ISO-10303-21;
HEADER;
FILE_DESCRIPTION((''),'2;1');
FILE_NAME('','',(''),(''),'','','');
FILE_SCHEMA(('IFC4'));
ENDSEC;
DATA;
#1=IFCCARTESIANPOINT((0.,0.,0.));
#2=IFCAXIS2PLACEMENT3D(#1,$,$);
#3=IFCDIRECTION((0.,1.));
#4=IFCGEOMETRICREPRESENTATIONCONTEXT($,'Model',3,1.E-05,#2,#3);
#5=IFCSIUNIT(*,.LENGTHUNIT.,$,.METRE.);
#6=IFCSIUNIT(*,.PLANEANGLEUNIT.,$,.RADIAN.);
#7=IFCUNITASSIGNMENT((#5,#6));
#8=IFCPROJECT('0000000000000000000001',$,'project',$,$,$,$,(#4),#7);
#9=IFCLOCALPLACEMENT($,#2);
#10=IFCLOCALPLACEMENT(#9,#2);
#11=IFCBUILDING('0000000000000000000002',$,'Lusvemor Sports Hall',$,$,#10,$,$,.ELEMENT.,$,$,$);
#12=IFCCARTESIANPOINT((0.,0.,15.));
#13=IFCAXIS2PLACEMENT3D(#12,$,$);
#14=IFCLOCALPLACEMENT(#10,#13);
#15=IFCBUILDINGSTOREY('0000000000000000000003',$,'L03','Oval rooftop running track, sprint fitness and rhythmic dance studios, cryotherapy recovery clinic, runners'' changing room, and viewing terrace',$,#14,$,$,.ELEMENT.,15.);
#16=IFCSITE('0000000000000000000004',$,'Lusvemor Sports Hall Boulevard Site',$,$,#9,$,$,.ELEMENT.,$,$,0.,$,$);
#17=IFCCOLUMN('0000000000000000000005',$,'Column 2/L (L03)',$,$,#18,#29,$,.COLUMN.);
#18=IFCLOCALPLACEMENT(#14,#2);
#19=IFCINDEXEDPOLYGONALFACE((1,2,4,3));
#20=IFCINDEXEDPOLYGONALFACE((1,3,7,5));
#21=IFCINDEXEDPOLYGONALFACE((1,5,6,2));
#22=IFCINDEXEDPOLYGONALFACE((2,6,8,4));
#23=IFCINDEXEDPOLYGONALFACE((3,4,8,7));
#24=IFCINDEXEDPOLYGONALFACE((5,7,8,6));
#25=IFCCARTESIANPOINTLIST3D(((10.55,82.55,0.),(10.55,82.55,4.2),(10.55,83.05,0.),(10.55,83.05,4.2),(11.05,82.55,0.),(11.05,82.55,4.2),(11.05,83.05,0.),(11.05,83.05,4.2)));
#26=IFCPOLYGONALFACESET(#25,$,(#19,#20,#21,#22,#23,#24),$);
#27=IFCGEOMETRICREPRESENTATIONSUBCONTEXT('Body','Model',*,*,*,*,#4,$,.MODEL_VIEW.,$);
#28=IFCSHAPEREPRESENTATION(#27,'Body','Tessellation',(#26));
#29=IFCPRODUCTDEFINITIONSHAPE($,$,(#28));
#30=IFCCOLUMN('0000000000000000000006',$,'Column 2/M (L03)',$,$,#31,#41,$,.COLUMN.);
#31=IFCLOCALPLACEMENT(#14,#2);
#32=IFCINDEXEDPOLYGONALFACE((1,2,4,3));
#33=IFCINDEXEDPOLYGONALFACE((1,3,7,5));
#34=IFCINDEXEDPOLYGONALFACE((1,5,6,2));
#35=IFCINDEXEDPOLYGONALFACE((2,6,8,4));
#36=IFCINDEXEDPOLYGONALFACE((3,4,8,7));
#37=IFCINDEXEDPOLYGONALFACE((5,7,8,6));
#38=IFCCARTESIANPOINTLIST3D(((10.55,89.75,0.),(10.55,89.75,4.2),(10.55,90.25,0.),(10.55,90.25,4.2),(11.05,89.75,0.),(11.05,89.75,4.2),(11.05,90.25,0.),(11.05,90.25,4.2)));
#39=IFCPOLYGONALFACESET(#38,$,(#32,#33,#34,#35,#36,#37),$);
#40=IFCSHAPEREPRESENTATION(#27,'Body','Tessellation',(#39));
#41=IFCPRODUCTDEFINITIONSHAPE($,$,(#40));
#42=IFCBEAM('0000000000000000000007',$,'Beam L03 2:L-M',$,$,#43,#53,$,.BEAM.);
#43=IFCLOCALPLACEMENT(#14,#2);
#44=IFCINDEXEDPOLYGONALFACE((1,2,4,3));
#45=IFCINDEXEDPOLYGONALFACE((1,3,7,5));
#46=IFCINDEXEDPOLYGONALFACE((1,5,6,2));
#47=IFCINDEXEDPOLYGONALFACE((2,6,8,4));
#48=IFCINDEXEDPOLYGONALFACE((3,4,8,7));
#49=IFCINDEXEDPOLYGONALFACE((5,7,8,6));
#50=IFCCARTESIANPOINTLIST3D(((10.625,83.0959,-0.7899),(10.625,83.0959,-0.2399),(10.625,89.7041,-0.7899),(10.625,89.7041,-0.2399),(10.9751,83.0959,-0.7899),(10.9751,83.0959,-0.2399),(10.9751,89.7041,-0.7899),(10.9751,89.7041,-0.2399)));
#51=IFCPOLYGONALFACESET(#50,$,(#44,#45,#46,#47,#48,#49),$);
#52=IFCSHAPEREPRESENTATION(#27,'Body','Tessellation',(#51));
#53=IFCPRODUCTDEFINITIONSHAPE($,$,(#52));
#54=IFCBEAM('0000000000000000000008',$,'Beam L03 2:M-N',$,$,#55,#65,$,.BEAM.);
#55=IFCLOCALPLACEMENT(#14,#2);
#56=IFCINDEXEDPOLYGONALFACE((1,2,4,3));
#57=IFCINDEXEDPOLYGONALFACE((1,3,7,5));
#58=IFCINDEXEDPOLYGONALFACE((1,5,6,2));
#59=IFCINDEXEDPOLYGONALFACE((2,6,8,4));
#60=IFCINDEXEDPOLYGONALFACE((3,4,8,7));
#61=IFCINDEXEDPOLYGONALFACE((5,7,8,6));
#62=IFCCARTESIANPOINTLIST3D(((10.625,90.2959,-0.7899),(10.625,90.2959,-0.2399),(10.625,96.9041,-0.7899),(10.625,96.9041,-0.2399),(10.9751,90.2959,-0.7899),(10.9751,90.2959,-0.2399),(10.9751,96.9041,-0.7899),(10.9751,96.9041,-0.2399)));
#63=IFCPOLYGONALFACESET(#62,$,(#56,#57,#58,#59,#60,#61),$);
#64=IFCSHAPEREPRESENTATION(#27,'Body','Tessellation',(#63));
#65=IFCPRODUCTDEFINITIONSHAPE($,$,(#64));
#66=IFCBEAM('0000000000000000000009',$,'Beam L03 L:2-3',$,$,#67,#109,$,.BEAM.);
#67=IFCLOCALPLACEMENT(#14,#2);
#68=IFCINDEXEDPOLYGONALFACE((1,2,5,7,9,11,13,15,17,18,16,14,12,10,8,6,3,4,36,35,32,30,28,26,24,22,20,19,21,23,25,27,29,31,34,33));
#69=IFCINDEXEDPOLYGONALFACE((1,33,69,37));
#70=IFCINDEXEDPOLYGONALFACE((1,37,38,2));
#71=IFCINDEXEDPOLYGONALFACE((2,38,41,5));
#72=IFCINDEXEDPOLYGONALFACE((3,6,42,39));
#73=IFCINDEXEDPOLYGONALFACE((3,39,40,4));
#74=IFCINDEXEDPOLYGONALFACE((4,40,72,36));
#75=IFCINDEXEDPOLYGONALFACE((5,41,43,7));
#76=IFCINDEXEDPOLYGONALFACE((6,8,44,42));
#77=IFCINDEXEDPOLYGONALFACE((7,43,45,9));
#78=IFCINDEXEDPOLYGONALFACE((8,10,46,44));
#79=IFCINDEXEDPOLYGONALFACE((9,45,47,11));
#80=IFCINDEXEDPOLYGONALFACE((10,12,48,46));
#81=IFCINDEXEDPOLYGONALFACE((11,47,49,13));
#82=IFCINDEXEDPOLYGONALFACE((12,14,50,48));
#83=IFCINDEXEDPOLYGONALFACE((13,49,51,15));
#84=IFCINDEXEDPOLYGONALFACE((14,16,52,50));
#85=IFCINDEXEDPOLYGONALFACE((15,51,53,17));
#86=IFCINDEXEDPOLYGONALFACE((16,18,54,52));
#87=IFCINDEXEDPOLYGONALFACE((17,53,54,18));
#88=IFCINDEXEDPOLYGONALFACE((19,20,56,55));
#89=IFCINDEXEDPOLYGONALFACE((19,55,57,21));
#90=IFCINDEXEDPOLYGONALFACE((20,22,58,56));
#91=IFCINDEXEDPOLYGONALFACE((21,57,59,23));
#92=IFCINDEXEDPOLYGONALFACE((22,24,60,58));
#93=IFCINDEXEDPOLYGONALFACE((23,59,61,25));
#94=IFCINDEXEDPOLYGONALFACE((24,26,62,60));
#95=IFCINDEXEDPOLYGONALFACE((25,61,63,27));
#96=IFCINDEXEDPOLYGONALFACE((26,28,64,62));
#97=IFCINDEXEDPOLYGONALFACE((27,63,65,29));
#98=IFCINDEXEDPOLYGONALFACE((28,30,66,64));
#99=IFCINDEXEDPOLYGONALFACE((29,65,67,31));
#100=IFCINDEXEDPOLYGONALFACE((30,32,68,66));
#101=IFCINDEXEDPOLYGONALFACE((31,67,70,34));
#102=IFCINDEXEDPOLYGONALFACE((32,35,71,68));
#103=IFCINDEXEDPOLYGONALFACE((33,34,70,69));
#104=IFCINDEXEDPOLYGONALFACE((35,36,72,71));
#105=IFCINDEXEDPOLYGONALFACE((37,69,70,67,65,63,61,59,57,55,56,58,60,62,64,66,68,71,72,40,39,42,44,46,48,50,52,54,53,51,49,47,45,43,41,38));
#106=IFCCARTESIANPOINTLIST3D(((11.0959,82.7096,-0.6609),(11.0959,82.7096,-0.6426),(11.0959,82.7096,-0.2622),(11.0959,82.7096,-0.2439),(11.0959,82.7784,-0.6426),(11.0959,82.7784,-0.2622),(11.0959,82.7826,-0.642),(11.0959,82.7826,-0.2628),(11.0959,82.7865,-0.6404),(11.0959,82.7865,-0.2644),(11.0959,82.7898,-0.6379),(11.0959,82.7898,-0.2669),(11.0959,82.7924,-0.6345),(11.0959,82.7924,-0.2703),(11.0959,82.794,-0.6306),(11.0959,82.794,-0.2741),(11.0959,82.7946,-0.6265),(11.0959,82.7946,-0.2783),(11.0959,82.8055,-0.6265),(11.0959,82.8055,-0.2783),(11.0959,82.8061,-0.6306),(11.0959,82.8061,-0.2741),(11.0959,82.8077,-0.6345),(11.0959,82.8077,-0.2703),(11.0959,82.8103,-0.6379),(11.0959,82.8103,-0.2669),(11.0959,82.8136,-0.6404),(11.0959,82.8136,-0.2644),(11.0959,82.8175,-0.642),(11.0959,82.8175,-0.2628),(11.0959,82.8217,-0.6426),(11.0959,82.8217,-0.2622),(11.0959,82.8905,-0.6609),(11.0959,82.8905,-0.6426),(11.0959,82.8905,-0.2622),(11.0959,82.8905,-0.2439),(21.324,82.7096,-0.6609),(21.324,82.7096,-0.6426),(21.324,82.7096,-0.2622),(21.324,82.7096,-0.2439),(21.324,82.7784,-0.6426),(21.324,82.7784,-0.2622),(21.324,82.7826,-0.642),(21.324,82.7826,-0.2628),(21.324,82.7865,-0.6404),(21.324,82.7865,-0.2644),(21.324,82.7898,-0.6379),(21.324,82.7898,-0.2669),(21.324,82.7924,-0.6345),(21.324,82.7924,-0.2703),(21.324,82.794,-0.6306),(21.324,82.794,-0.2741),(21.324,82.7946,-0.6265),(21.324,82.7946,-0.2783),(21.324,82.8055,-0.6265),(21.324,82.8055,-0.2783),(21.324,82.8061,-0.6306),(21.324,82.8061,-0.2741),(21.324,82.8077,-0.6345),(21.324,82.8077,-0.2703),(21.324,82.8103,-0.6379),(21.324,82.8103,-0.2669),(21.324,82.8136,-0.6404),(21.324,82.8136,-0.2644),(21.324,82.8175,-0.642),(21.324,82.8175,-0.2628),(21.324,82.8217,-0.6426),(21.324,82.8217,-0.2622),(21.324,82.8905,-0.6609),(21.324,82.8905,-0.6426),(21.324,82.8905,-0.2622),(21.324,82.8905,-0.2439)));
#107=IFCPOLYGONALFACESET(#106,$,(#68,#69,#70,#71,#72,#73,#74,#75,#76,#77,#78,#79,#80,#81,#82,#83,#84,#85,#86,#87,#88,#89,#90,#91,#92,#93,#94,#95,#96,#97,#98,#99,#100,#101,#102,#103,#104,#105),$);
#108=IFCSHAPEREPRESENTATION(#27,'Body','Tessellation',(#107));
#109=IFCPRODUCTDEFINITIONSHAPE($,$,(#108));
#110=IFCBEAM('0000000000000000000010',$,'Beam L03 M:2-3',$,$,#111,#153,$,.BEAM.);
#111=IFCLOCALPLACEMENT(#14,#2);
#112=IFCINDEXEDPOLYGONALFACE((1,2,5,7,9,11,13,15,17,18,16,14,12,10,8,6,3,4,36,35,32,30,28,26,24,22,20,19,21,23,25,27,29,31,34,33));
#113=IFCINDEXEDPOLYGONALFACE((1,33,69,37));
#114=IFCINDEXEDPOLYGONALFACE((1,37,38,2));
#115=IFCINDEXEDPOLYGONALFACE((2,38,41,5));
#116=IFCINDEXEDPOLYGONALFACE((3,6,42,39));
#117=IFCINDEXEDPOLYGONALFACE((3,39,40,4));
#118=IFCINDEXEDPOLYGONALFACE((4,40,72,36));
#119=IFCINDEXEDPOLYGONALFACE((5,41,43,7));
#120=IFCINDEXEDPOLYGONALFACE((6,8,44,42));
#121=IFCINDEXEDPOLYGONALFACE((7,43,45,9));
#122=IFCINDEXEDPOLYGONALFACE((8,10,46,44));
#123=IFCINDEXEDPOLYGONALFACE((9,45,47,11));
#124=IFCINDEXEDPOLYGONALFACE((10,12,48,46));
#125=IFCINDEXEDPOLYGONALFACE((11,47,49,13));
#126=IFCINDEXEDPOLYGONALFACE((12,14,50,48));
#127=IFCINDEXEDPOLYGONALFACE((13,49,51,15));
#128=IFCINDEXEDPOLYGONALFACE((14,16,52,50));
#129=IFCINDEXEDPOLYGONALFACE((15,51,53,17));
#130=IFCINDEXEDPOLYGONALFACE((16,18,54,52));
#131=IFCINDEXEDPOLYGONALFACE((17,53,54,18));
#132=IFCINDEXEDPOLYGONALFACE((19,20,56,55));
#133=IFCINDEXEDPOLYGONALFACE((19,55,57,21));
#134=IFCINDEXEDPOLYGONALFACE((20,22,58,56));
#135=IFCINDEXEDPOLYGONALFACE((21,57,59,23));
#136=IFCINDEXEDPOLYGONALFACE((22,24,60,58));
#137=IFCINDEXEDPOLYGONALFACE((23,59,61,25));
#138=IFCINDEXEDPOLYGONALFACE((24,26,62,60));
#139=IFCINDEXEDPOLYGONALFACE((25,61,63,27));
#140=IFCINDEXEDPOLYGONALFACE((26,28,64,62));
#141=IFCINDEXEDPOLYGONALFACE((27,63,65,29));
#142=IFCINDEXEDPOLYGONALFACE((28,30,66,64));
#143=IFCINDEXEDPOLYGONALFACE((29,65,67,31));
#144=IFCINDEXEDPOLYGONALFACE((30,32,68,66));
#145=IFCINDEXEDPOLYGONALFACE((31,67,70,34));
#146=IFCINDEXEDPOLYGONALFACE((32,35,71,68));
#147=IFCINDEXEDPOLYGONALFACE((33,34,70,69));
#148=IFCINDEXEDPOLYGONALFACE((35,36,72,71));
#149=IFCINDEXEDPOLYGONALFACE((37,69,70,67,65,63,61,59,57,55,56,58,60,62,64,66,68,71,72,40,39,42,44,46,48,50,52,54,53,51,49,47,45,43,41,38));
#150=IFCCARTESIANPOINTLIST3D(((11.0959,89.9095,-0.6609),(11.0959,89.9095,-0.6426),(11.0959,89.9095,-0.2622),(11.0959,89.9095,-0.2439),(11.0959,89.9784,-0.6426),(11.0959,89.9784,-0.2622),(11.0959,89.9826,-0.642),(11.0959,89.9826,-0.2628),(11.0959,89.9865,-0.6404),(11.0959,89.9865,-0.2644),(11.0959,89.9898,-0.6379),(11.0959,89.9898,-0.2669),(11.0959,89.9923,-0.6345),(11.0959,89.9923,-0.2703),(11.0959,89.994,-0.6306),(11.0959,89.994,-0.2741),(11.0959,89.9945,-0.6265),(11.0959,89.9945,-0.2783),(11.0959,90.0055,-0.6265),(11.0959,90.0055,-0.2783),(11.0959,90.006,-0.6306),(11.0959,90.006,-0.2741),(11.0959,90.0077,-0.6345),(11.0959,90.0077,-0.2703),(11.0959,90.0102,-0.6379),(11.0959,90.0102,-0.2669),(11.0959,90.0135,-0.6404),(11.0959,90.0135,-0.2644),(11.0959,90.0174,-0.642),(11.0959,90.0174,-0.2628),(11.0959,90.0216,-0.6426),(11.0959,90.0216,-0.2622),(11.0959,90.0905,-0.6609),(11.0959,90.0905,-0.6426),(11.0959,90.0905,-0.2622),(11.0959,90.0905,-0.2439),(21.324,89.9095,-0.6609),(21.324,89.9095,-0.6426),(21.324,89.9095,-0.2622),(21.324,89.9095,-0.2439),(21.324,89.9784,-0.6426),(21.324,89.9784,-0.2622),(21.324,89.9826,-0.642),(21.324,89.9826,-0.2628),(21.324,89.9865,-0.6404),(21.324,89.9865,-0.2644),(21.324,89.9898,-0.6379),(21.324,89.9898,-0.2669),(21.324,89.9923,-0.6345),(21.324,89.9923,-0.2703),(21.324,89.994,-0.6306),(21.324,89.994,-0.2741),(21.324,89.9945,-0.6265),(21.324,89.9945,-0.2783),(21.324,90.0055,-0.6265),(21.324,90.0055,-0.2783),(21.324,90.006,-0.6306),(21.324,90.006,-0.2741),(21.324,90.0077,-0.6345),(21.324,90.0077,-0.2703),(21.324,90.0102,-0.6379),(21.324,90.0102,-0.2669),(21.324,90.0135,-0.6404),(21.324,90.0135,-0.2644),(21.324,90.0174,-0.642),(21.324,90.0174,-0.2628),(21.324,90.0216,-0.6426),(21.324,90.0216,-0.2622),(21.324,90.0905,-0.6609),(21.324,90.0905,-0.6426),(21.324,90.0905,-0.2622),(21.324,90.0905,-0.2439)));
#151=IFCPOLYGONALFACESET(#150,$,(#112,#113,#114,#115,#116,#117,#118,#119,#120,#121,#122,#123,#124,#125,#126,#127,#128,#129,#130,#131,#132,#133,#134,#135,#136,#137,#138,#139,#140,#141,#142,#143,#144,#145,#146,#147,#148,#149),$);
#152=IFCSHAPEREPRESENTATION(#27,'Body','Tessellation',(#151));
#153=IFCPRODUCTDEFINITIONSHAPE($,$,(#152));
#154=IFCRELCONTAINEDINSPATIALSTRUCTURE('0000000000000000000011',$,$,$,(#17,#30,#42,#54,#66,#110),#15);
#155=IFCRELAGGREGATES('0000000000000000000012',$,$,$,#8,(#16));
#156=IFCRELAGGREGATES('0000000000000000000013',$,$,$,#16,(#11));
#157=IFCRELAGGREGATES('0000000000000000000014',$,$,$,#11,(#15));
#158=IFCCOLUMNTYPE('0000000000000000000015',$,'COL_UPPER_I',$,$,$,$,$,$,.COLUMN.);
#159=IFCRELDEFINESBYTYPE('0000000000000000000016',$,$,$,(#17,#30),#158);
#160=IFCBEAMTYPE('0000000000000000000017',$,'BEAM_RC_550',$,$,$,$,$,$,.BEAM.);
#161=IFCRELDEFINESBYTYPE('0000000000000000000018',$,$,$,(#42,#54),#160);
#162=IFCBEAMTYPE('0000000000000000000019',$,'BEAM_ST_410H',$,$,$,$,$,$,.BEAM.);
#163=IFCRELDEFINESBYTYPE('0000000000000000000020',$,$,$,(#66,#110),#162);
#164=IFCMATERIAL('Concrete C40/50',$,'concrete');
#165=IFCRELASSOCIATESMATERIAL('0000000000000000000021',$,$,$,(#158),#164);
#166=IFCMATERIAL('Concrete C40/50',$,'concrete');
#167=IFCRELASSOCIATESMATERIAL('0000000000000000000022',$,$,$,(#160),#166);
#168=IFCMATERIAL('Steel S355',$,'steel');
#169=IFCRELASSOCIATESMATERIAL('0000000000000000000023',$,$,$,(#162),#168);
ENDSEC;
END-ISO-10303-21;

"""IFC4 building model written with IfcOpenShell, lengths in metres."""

from ifc_helpers import new_model, si_unit, direction, frame, origin, origin_2d, place, context, subcontext, project, spatial, rectangle, i_section, extrude, material, material_profile, profile_set, type_object, element, save


model = new_model("IFC4")

# Units and contexts
model_context = context("Model", 3, precision=1e-05, world=origin(), true_north=direction((0.0, 1.0)))
body_context = subcontext(model_context, "Body", "Model", "MODEL_VIEW")
ifc_project = project(units=[si_unit("LENGTHUNIT", "METRE"), si_unit("PLANEANGLEUNIT", "RADIAN")], contexts=[model_context])

# Site, building, storey
site_placement = place(None, origin())
site = spatial("IfcSite", under=ifc_project, at=site_placement, Name="Lusvemor Sports Hall Boulevard Site", CompositionType="ELEMENT", RefElevation=0.0)
building_placement = place(site_placement, origin())
building = spatial("IfcBuilding", under=site, at=building_placement, Name="Lusvemor Sports Hall", CompositionType="ELEMENT")
storey_placement = place(building_placement, frame((0.0, 0.0, 15.0)))
storey = spatial("IfcBuildingStorey", under=building, at=storey_placement, Name="L03", Description="Oval rooftop running track, sprint fitness and rhythmic dance studios, cryotherapy recovery clinic, runners' changing room, and viewing terrace", CompositionType="ELEMENT", Elevation=15.0)

# Columns
ifc_material_1 = material(Name="Concrete C40/50", Category="concrete")
ifc_material_profile_1 = material_profile(ifc_material_1, rectangle(XDim=0.5, YDim=0.5, at=origin_2d()), Name="RC500x500")
ifc_profile_set_1 = profile_set([ifc_material_profile_1], Name="Concrete C40/50")
column_type = type_object("IfcColumnType", Name="COL_UPPER_I", PredefinedType="COLUMN", material=ifc_profile_set_1)
for number, where, z_axis, x_axis, name in (
    (1, (10.8, 82.8, 0.0), (0.0, 0.0, 1.0), (1.0, 0.0, 0.0), "Column 2/L (L03)"),
    (2, (10.8, 90.0, 0.0), (0.0, 0.0, 1.0), (1.0, 0.0, 0.0), "Column 2/M (L03)"),
):
    element("IfcColumn", number, at=place(storey_placement, frame(where, z_axis=z_axis, x_axis=x_axis)), inside=storey, type_object=column_type, Name=name, PredefinedType="COLUMN", context=body_context, shape_type="SweptSolid", body=[
        extrude(rectangle(XDim=0.5, YDim=0.5, at=origin_2d()), origin(), (0.0, 0.0, 1.0), 4.2),
    ])

# Beams
ifc_material_2 = material(Name="Concrete C40/50", Category="concrete")
ifc_material_profile_2 = material_profile(ifc_material_2, rectangle(XDim=0.3501, YDim=0.55, at=origin_2d()), Name="RC350x550")
ifc_profile_set_2 = profile_set([ifc_material_profile_2], Name="Concrete C40/50")
beam_type_1 = type_object("IfcBeamType", Name="BEAM_RC_550", PredefinedType="BEAM", material=ifc_profile_set_2)
for number, where, z_axis, x_axis, name in (
    (3, (10.8, 83.0959, -0.5149), (0.0, 1.0, 0.0), (-1.0, 0.0, 0.0), "Beam L03 2:L-M"),
    (4, (10.8, 90.2959, -0.5149), (0.0, 1.0, 0.0), (-1.0, 0.0, 0.0), "Beam L03 2:M-N"),
):
    element("IfcBeam", number, at=place(storey_placement, frame(where, z_axis=z_axis, x_axis=x_axis)), inside=storey, type_object=beam_type_1, Name=name, PredefinedType="BEAM", context=body_context, shape_type="SweptSolid", body=[
        extrude(rectangle(XDim=0.3501, YDim=0.55, at=origin_2d()), origin(), (0.0, 0.0, 1.0), 6.6082),
    ])
ifc_material_3 = material(Name="Steel S355", Category="steel")
ifc_material_profile_3 = material_profile(ifc_material_3, i_section(OverallWidth=0.1809, OverallDepth=0.417, WebThickness=0.011, FlangeThickness=0.0183, FilletRadius=0.0161, at=origin_2d()), Name="W410x85.0")
ifc_profile_set_3 = profile_set([ifc_material_profile_3], Name="Steel S355")
beam_type_2 = type_object("IfcBeamType", Name="BEAM_ST_410H", PredefinedType="BEAM", material=ifc_profile_set_3)
for number, where, z_axis, x_axis, name in (
    (5, (11.0959, 82.8, -0.4524), (1.0, 0.0, 0.0), (0.0, 1.0, 0.0), "Beam L03 L:2-3"),
    (6, (11.0959, 90.0, -0.4524), (1.0, 0.0, 0.0), (0.0, 1.0, 0.0), "Beam L03 M:2-3"),
):
    element("IfcBeam", number, at=place(storey_placement, frame(where, z_axis=z_axis, x_axis=x_axis)), inside=storey, type_object=beam_type_2, Name=name, PredefinedType="BEAM", context=body_context, shape_type="SweptSolid", body=[
        extrude(i_section(OverallWidth=0.1809, OverallDepth=0.417, WebThickness=0.011, FlangeThickness=0.0183, FilletRadius=0.0161, at=origin_2d()), origin(), (0.0, 0.0, 1.0), 10.228),
    ])

save(model, "model.ifc")
